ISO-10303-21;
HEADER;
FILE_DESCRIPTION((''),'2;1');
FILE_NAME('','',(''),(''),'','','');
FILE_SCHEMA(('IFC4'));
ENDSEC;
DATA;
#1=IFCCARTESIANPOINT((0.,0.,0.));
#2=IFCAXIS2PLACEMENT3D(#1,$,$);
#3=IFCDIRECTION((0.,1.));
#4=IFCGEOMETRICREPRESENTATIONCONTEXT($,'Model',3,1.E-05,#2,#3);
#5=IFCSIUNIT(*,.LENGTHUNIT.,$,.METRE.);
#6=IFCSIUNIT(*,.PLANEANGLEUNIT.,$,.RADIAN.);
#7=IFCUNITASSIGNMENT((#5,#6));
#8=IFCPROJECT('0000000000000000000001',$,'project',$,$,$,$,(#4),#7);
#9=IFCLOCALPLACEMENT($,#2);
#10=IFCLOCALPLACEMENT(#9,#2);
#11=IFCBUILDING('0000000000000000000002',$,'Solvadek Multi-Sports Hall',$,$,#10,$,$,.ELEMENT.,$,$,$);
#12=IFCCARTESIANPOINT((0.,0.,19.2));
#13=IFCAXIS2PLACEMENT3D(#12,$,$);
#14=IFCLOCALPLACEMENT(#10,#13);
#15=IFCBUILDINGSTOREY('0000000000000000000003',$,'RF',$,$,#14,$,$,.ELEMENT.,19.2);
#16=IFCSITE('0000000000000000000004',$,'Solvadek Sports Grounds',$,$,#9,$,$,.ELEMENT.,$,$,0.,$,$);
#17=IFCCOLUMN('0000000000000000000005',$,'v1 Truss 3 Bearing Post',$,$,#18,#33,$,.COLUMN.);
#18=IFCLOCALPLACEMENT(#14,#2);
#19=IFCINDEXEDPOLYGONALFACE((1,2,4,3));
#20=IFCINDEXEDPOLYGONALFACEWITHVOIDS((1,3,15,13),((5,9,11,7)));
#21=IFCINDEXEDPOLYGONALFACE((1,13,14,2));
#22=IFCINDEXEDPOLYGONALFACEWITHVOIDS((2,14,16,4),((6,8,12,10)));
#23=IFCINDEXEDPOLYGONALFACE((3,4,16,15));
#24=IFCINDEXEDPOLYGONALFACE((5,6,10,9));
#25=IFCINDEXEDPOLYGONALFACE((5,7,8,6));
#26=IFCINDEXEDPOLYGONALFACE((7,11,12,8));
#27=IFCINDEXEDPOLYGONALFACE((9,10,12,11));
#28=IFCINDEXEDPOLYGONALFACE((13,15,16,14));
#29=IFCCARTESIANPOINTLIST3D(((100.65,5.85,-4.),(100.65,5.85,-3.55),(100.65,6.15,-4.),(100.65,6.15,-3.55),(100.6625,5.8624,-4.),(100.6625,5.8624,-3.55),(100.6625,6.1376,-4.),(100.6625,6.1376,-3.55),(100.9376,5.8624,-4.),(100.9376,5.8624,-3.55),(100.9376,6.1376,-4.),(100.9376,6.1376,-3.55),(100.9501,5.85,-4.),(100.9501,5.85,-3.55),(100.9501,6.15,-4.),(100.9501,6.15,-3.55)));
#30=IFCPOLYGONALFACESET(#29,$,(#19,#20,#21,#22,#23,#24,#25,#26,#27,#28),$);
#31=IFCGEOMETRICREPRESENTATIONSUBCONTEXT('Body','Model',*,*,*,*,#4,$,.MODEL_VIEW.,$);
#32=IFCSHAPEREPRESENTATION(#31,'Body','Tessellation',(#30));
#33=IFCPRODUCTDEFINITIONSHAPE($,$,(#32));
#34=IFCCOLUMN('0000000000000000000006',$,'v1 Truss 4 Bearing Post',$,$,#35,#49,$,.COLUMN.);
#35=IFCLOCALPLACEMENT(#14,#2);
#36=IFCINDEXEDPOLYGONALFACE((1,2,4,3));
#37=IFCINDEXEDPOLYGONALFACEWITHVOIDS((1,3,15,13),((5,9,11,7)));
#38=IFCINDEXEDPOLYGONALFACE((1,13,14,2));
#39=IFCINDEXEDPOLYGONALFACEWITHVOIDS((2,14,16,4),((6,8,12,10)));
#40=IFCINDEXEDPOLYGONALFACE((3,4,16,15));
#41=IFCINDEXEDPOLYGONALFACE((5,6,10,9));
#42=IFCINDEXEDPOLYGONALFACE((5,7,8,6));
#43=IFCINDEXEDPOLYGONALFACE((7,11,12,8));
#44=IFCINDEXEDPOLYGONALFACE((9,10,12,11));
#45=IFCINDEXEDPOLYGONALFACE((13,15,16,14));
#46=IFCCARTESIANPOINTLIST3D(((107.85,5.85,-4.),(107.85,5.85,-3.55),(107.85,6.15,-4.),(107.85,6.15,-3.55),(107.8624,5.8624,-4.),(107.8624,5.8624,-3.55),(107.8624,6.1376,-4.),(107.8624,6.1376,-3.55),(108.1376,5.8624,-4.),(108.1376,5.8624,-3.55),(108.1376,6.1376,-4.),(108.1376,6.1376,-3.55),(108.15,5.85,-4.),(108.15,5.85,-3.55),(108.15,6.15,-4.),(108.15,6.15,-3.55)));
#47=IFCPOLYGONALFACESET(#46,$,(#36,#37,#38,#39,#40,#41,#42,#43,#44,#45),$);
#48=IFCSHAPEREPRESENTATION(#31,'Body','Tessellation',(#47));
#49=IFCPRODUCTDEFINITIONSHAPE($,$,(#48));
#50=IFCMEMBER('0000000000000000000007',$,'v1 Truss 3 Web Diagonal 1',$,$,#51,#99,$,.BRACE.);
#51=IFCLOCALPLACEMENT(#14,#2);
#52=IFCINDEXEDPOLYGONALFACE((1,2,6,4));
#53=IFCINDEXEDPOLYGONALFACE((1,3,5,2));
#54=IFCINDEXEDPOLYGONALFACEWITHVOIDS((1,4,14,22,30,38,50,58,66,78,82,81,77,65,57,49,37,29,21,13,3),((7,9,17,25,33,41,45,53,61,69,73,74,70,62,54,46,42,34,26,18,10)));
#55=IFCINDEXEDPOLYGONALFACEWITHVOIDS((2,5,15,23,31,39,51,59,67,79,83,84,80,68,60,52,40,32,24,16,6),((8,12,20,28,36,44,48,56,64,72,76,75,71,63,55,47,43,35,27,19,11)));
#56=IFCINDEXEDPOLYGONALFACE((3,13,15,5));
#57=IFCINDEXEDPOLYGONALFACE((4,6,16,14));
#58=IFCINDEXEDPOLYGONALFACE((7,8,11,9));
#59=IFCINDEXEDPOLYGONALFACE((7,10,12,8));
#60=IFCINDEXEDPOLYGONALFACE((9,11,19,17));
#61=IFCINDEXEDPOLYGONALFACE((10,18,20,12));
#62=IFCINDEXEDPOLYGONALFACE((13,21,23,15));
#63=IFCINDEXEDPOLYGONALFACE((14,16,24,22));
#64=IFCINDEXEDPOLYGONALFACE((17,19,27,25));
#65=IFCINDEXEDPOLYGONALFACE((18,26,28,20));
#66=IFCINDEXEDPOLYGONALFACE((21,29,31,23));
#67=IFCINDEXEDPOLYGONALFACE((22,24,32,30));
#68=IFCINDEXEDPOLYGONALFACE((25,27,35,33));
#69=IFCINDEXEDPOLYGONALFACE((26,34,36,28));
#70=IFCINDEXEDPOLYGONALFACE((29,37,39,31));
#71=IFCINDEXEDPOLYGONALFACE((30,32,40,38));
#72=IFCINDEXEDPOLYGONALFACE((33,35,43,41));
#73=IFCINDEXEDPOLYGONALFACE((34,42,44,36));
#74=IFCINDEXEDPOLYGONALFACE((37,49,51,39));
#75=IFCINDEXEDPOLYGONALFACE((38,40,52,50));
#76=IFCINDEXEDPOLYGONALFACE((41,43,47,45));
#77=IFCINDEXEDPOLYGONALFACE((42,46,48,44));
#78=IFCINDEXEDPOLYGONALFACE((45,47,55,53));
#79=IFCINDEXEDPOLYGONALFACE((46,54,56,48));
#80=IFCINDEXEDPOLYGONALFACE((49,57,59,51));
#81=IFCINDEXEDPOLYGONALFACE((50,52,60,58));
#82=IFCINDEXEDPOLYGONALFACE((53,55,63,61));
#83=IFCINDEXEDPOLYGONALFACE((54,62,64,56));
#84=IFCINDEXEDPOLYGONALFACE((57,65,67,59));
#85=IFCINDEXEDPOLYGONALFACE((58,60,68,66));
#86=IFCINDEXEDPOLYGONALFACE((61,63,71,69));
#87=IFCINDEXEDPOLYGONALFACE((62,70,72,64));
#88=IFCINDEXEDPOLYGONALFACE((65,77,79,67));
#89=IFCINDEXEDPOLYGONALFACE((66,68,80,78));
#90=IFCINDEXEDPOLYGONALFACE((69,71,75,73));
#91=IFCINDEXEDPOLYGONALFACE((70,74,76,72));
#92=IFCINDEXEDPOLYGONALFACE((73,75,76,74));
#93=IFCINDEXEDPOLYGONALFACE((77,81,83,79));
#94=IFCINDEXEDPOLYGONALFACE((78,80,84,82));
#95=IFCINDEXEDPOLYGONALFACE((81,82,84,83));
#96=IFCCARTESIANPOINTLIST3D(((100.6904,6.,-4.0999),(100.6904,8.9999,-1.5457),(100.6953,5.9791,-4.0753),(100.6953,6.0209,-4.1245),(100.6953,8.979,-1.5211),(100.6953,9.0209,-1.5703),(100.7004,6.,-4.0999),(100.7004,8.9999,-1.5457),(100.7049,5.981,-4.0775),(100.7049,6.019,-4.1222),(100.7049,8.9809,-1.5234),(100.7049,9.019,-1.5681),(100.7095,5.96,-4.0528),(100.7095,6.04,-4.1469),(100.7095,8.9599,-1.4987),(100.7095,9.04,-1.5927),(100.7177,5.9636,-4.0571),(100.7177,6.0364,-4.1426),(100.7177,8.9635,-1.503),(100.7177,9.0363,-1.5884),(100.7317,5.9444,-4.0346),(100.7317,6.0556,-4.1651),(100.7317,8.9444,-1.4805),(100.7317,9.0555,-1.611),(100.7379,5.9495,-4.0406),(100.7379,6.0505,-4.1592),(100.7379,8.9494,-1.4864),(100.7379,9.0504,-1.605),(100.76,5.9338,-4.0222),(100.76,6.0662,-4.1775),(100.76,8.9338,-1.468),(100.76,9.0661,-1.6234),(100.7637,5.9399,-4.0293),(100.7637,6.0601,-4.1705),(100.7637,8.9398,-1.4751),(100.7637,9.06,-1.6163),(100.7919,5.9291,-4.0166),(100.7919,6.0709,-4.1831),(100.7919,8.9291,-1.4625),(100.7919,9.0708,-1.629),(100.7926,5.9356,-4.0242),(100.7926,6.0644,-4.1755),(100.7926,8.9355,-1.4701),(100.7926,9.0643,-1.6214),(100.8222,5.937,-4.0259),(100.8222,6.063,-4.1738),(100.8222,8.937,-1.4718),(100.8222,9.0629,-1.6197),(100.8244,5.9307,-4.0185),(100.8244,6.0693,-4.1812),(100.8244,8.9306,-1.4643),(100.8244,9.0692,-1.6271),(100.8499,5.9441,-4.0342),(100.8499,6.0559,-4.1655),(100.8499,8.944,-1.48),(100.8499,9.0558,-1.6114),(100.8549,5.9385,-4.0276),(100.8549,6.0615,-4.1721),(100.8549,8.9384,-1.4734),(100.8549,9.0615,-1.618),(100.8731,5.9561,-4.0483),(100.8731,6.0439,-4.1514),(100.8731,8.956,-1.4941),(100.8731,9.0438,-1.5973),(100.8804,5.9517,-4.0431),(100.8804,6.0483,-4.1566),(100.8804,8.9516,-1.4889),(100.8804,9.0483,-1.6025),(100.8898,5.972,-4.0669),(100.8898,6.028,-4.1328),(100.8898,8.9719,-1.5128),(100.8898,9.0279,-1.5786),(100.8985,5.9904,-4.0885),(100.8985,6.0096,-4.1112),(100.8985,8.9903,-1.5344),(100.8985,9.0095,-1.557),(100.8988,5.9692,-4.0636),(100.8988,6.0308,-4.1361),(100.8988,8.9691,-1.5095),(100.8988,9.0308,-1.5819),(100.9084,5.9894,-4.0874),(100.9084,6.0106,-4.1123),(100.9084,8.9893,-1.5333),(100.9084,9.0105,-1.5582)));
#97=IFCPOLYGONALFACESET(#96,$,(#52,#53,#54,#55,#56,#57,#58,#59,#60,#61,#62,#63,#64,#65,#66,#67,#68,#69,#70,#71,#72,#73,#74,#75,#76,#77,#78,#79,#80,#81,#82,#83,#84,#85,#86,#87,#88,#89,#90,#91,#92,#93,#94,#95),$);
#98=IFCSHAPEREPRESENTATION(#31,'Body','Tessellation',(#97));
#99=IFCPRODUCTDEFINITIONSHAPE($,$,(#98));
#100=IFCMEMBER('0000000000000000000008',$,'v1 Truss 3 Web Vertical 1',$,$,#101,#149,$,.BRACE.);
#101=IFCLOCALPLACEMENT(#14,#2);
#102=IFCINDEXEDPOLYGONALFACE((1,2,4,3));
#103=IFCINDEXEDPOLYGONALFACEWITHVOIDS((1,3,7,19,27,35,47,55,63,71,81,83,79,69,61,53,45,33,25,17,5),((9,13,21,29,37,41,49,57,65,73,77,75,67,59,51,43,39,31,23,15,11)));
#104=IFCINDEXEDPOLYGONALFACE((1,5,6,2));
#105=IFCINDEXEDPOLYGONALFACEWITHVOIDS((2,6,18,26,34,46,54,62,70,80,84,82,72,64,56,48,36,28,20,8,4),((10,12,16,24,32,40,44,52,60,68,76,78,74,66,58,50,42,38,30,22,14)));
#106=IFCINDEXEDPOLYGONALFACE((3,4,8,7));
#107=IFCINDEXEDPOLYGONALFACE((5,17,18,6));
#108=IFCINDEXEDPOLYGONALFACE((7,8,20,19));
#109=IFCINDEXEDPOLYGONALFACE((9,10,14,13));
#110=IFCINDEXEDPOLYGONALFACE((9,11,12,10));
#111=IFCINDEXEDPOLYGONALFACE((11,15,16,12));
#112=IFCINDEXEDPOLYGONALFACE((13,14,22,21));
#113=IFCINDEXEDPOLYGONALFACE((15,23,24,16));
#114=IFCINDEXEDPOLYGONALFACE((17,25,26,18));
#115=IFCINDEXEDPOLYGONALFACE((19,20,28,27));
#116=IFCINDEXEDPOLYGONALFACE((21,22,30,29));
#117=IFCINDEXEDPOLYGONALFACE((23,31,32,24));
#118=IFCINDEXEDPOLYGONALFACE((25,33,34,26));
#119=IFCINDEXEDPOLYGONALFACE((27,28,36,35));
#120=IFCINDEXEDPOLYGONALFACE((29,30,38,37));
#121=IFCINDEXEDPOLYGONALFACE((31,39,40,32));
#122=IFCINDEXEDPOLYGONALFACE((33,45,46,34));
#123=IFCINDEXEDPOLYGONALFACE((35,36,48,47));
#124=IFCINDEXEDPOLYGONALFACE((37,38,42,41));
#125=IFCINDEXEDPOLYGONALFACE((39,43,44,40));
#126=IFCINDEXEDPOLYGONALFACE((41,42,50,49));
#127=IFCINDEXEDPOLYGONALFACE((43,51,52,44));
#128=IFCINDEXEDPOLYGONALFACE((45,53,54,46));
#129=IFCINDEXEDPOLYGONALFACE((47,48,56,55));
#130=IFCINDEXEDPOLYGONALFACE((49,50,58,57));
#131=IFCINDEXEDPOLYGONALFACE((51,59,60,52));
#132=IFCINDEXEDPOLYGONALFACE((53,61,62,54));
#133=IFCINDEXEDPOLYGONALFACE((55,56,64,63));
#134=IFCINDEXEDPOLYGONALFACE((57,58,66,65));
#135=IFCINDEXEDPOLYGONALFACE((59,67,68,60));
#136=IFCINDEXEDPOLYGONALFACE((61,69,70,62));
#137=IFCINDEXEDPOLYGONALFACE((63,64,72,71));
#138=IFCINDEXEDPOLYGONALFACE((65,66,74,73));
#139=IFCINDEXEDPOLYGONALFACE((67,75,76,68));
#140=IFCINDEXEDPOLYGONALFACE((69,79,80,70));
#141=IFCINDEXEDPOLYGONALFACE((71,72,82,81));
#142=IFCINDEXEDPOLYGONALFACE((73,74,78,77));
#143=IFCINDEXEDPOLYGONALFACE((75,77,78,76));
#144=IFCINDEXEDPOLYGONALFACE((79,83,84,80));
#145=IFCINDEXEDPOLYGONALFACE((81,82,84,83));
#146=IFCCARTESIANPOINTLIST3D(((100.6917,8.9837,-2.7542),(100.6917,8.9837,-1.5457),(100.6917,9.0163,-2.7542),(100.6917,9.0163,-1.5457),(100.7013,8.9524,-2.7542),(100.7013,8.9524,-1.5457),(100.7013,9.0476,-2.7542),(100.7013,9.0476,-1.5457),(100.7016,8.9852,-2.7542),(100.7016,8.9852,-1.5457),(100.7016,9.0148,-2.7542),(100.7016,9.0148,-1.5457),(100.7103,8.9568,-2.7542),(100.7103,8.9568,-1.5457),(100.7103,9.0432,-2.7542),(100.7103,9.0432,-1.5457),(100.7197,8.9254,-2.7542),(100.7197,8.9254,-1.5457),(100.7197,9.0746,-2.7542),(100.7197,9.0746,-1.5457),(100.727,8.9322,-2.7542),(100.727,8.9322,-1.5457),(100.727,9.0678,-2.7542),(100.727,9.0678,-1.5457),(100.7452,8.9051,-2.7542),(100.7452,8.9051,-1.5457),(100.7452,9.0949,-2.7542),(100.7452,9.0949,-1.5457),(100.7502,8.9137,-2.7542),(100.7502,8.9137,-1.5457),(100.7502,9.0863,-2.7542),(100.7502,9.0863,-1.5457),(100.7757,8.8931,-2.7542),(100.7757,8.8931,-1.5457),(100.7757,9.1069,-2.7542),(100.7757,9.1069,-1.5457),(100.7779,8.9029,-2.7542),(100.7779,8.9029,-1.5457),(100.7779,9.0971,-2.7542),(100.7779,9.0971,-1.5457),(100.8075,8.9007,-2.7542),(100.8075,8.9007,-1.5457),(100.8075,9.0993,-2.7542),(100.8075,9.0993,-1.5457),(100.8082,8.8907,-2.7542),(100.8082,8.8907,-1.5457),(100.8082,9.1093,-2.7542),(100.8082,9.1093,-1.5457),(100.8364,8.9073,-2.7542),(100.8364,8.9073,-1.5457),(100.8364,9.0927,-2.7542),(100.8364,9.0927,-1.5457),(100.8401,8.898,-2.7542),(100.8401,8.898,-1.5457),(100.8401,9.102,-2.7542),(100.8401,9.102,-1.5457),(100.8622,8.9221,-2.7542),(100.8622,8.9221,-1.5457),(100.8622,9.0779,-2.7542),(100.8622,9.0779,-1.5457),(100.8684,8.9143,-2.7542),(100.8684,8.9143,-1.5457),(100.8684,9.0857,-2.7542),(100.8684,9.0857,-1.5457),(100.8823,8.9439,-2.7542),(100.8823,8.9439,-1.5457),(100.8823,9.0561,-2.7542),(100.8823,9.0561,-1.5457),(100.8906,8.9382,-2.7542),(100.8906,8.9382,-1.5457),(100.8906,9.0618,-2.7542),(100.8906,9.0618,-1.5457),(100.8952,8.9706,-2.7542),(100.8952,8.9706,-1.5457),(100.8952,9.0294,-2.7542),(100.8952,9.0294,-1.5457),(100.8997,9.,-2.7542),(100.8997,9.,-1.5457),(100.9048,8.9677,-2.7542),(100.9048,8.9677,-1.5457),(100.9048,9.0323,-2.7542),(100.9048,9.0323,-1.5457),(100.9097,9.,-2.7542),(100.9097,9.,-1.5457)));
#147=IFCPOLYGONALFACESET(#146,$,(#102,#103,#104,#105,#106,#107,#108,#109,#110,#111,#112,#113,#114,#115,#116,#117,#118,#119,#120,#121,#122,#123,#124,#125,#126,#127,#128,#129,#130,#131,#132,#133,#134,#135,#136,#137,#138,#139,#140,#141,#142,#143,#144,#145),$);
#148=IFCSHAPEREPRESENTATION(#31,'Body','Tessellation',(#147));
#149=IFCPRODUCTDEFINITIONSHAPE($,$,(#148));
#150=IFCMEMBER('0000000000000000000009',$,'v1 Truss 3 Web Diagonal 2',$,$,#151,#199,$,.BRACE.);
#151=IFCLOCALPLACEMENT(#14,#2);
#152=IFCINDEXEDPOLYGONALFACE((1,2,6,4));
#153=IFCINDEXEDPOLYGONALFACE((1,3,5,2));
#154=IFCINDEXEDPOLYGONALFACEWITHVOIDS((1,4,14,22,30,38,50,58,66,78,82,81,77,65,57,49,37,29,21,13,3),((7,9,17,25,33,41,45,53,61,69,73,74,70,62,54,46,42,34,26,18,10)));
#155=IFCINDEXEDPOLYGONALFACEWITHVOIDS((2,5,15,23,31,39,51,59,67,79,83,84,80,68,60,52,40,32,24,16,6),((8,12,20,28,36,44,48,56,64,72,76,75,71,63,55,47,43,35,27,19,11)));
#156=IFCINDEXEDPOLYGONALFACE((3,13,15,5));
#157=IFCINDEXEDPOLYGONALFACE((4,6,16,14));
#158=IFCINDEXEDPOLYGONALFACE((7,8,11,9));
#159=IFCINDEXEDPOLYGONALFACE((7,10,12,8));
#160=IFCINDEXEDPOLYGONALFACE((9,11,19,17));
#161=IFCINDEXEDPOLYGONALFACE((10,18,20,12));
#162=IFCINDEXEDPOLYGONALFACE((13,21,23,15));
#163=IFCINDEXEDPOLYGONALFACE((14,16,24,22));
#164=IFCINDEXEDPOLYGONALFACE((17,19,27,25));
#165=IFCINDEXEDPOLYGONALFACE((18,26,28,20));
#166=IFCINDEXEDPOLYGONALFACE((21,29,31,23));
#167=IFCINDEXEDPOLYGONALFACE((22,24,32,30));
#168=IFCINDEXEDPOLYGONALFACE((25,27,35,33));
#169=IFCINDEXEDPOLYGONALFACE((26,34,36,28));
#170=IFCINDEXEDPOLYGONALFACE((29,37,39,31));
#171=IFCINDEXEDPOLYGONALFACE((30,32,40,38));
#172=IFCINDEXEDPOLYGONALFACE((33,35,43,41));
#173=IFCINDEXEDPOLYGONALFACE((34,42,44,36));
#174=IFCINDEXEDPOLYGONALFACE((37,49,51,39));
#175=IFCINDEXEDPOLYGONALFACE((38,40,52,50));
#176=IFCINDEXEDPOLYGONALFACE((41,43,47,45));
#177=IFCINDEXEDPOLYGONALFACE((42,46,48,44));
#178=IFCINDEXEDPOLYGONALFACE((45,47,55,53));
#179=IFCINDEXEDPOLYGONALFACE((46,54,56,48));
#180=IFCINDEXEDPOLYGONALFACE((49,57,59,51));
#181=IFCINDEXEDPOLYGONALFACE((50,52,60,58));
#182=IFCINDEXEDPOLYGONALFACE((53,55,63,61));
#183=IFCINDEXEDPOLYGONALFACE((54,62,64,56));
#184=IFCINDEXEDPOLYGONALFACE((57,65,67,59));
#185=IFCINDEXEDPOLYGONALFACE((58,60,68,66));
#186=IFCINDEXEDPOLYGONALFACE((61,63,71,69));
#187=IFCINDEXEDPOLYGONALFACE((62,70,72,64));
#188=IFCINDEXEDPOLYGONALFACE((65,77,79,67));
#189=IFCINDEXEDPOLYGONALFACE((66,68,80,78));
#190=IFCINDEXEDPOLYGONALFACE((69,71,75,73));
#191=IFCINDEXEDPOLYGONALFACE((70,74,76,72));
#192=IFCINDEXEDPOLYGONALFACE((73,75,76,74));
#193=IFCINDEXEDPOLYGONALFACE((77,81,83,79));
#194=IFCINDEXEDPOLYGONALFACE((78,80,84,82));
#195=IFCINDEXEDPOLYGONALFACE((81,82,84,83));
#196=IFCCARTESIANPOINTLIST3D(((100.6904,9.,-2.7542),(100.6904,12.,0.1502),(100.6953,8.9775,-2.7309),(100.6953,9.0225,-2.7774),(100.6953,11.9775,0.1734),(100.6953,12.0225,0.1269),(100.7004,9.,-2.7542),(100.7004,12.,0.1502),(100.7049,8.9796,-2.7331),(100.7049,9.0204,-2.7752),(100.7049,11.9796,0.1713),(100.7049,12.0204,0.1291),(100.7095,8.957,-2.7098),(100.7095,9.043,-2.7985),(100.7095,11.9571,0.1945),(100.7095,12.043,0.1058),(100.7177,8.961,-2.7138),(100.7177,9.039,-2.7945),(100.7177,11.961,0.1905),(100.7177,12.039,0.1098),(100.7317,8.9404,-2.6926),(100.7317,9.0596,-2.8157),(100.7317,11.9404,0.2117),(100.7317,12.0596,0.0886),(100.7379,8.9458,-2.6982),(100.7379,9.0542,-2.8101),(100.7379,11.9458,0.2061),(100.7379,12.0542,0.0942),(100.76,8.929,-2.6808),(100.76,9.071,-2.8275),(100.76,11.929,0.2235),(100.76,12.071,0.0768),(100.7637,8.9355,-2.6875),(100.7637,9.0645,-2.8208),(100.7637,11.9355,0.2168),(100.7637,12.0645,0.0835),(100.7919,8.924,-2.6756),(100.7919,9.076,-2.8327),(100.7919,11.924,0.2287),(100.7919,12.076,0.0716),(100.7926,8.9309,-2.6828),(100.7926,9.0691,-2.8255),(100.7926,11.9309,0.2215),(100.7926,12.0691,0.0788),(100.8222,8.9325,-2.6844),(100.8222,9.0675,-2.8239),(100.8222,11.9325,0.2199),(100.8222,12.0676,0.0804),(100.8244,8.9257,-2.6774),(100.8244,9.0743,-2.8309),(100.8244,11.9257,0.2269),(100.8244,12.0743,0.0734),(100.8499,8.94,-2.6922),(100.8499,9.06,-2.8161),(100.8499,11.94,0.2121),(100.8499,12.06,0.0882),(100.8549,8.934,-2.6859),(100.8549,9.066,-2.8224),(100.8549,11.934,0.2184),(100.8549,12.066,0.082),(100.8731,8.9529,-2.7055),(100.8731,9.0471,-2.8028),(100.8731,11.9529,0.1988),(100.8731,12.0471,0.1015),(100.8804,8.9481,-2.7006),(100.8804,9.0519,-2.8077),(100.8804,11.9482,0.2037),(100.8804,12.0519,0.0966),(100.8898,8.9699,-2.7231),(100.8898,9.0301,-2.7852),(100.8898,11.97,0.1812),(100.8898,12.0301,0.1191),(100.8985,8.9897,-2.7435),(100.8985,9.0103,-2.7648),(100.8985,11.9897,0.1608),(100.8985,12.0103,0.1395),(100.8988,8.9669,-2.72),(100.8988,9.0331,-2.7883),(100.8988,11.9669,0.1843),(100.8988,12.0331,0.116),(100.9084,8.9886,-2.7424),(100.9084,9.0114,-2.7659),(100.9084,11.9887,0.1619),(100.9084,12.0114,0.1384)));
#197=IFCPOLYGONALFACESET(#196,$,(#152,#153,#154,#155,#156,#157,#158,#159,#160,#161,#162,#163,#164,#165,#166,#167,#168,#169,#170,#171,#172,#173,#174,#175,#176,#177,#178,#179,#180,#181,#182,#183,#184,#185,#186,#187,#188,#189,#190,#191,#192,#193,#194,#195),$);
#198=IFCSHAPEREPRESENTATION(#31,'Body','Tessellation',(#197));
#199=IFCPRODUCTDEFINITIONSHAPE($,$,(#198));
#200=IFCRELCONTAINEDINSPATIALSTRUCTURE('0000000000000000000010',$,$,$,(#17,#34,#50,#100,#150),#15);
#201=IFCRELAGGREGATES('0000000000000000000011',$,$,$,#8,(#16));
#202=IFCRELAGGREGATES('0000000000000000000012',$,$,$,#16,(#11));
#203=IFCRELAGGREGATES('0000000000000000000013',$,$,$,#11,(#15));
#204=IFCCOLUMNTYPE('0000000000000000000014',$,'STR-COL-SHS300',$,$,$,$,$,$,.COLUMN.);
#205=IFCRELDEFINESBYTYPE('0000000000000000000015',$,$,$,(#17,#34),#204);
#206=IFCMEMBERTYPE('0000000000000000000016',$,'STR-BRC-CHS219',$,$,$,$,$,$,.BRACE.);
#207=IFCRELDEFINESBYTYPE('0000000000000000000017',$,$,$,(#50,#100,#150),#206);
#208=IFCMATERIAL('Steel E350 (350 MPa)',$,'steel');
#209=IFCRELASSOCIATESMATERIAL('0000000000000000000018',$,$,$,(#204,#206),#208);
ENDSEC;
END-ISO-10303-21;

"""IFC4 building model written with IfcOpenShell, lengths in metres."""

from ifc_helpers import new_model, si_unit, direction, frame, origin, origin_2d, place, context, subcontext, project, spatial, hollow_rectangle, hollow_circle, extrude, material, material_profile, profile_set, type_object, element, save


model = new_model("IFC4")

# Units and contexts
model_context = context("Model", 3, precision=1e-05, world=origin(), true_north=direction((0.0, 1.0)))
body_context = subcontext(model_context, "Body", "Model", "MODEL_VIEW")
ifc_project = project(units=[si_unit("LENGTHUNIT", "METRE"), si_unit("PLANEANGLEUNIT", "RADIAN")], contexts=[model_context])

# Site, building, storey
site_placement = place(None, origin())
site = spatial("IfcSite", under=ifc_project, at=site_placement, Name="Solvadek Sports Grounds", CompositionType="ELEMENT", RefElevation=0.0)
building_placement = place(site_placement, origin())
building = spatial("IfcBuilding", under=site, at=building_placement, Name="Solvadek Multi-Sports Hall", CompositionType="ELEMENT")
storey_placement = place(building_placement, frame((0.0, 0.0, 19.2)))
storey = spatial("IfcBuildingStorey", under=building, at=storey_placement, Name="RF", CompositionType="ELEMENT", Elevation=19.2)

# Columns
ifc_material_1 = material(Name="Steel E350 (350 MPa)", Category="steel")
ifc_material_profile_1 = material_profile(ifc_material_1, hollow_rectangle(XDim=0.3, YDim=0.3, WallThickness=0.0125, at=origin_2d()), Name="SHS 300x300x12.5")
ifc_profile_set_1 = profile_set([ifc_material_profile_1], Name="Steel E350 (350 MPa)")
column_type = type_object("IfcColumnType", Name="STR-COL-SHS300", PredefinedType="COLUMN", material=ifc_profile_set_1)
for number, where, z_axis, x_axis, name in (
    (1, (100.8, 6.0, -4.0), (0.0, 0.0, 1.0), (1.0, 0.0, 0.0), "v1 Truss 3 Bearing Post"),
    (2, (108.0, 6.0, -4.0), (0.0, 0.0, 1.0), (1.0, 0.0, 0.0), "v1 Truss 4 Bearing Post"),
):
    element("IfcColumn", number, at=place(storey_placement, frame(where, z_axis=z_axis, x_axis=x_axis)), inside=storey, type_object=column_type, Name=name, PredefinedType="COLUMN", context=body_context, shape_type="SweptSolid", body=[
        extrude(hollow_rectangle(XDim=0.3, YDim=0.3, WallThickness=0.0125, at=origin_2d()), origin(), (0.0, 0.0, 1.0), 0.45),
    ])

# Members
ifc_material_profile_2 = material_profile(ifc_material_1, hollow_circle(Radius=0.1096, WallThickness=0.01, at=origin_2d()), Name="CHS 219.1x10")
ifc_profile_set_2 = profile_set([ifc_material_profile_2], Name="Steel E350 (350 MPa)")
member_type_1 = type_object("IfcMemberType", Name="STR-BRC-CHS219", PredefinedType="BRACE", material=ifc_profile_set_2)
member_1_placement = place(storey_placement, frame((100.8, 6.0, -4.0999), z_axis=(0.0, 0.761413, 0.648267), x_axis=(-1.0, 0.0, 0.0)))
element("IfcMember", 3, at=member_1_placement, inside=storey, type_object=member_type_1, Name="v1 Truss 3 Web Diagonal 1", PredefinedType="BRACE", context=body_context, shape_type="SweptSolid", body=[
    extrude(hollow_circle(Radius=0.1096, WallThickness=0.01, at=origin_2d()), origin(), (0.0, 0.0, 1.0), 3.9399),
])
member_2_placement = place(storey_placement, frame((100.8, 9.0, -2.7542), z_axis=(0.0, 0.0, 1.0), x_axis=(1.0, 0.0, 0.0)))
element("IfcMember", 4, at=member_2_placement, inside=storey, type_object=member_type_1, Name="v1 Truss 3 Web Vertical 1", PredefinedType="BRACE", context=body_context, shape_type="SweptSolid", body=[
    extrude(hollow_circle(Radius=0.1096, WallThickness=0.01, at=origin_2d()), origin(), (0.0, 0.0, 1.0), 1.2085),
])
member_3_placement = place(storey_placement, frame((100.8, 9.0, -2.7542), z_axis=(0.0, 0.718474, 0.695554), x_axis=(-1.0, 0.0, 0.0)))
element("IfcMember", 5, at=member_3_placement, inside=storey, type_object=member_type_1, Name="v1 Truss 3 Web Diagonal 2", PredefinedType="BRACE", context=body_context, shape_type="SweptSolid", body=[
    extrude(hollow_circle(Radius=0.1096, WallThickness=0.01, at=origin_2d()), origin(), (0.0, 0.0, 1.0), 4.1755),
])

save(model, "model.ifc")
